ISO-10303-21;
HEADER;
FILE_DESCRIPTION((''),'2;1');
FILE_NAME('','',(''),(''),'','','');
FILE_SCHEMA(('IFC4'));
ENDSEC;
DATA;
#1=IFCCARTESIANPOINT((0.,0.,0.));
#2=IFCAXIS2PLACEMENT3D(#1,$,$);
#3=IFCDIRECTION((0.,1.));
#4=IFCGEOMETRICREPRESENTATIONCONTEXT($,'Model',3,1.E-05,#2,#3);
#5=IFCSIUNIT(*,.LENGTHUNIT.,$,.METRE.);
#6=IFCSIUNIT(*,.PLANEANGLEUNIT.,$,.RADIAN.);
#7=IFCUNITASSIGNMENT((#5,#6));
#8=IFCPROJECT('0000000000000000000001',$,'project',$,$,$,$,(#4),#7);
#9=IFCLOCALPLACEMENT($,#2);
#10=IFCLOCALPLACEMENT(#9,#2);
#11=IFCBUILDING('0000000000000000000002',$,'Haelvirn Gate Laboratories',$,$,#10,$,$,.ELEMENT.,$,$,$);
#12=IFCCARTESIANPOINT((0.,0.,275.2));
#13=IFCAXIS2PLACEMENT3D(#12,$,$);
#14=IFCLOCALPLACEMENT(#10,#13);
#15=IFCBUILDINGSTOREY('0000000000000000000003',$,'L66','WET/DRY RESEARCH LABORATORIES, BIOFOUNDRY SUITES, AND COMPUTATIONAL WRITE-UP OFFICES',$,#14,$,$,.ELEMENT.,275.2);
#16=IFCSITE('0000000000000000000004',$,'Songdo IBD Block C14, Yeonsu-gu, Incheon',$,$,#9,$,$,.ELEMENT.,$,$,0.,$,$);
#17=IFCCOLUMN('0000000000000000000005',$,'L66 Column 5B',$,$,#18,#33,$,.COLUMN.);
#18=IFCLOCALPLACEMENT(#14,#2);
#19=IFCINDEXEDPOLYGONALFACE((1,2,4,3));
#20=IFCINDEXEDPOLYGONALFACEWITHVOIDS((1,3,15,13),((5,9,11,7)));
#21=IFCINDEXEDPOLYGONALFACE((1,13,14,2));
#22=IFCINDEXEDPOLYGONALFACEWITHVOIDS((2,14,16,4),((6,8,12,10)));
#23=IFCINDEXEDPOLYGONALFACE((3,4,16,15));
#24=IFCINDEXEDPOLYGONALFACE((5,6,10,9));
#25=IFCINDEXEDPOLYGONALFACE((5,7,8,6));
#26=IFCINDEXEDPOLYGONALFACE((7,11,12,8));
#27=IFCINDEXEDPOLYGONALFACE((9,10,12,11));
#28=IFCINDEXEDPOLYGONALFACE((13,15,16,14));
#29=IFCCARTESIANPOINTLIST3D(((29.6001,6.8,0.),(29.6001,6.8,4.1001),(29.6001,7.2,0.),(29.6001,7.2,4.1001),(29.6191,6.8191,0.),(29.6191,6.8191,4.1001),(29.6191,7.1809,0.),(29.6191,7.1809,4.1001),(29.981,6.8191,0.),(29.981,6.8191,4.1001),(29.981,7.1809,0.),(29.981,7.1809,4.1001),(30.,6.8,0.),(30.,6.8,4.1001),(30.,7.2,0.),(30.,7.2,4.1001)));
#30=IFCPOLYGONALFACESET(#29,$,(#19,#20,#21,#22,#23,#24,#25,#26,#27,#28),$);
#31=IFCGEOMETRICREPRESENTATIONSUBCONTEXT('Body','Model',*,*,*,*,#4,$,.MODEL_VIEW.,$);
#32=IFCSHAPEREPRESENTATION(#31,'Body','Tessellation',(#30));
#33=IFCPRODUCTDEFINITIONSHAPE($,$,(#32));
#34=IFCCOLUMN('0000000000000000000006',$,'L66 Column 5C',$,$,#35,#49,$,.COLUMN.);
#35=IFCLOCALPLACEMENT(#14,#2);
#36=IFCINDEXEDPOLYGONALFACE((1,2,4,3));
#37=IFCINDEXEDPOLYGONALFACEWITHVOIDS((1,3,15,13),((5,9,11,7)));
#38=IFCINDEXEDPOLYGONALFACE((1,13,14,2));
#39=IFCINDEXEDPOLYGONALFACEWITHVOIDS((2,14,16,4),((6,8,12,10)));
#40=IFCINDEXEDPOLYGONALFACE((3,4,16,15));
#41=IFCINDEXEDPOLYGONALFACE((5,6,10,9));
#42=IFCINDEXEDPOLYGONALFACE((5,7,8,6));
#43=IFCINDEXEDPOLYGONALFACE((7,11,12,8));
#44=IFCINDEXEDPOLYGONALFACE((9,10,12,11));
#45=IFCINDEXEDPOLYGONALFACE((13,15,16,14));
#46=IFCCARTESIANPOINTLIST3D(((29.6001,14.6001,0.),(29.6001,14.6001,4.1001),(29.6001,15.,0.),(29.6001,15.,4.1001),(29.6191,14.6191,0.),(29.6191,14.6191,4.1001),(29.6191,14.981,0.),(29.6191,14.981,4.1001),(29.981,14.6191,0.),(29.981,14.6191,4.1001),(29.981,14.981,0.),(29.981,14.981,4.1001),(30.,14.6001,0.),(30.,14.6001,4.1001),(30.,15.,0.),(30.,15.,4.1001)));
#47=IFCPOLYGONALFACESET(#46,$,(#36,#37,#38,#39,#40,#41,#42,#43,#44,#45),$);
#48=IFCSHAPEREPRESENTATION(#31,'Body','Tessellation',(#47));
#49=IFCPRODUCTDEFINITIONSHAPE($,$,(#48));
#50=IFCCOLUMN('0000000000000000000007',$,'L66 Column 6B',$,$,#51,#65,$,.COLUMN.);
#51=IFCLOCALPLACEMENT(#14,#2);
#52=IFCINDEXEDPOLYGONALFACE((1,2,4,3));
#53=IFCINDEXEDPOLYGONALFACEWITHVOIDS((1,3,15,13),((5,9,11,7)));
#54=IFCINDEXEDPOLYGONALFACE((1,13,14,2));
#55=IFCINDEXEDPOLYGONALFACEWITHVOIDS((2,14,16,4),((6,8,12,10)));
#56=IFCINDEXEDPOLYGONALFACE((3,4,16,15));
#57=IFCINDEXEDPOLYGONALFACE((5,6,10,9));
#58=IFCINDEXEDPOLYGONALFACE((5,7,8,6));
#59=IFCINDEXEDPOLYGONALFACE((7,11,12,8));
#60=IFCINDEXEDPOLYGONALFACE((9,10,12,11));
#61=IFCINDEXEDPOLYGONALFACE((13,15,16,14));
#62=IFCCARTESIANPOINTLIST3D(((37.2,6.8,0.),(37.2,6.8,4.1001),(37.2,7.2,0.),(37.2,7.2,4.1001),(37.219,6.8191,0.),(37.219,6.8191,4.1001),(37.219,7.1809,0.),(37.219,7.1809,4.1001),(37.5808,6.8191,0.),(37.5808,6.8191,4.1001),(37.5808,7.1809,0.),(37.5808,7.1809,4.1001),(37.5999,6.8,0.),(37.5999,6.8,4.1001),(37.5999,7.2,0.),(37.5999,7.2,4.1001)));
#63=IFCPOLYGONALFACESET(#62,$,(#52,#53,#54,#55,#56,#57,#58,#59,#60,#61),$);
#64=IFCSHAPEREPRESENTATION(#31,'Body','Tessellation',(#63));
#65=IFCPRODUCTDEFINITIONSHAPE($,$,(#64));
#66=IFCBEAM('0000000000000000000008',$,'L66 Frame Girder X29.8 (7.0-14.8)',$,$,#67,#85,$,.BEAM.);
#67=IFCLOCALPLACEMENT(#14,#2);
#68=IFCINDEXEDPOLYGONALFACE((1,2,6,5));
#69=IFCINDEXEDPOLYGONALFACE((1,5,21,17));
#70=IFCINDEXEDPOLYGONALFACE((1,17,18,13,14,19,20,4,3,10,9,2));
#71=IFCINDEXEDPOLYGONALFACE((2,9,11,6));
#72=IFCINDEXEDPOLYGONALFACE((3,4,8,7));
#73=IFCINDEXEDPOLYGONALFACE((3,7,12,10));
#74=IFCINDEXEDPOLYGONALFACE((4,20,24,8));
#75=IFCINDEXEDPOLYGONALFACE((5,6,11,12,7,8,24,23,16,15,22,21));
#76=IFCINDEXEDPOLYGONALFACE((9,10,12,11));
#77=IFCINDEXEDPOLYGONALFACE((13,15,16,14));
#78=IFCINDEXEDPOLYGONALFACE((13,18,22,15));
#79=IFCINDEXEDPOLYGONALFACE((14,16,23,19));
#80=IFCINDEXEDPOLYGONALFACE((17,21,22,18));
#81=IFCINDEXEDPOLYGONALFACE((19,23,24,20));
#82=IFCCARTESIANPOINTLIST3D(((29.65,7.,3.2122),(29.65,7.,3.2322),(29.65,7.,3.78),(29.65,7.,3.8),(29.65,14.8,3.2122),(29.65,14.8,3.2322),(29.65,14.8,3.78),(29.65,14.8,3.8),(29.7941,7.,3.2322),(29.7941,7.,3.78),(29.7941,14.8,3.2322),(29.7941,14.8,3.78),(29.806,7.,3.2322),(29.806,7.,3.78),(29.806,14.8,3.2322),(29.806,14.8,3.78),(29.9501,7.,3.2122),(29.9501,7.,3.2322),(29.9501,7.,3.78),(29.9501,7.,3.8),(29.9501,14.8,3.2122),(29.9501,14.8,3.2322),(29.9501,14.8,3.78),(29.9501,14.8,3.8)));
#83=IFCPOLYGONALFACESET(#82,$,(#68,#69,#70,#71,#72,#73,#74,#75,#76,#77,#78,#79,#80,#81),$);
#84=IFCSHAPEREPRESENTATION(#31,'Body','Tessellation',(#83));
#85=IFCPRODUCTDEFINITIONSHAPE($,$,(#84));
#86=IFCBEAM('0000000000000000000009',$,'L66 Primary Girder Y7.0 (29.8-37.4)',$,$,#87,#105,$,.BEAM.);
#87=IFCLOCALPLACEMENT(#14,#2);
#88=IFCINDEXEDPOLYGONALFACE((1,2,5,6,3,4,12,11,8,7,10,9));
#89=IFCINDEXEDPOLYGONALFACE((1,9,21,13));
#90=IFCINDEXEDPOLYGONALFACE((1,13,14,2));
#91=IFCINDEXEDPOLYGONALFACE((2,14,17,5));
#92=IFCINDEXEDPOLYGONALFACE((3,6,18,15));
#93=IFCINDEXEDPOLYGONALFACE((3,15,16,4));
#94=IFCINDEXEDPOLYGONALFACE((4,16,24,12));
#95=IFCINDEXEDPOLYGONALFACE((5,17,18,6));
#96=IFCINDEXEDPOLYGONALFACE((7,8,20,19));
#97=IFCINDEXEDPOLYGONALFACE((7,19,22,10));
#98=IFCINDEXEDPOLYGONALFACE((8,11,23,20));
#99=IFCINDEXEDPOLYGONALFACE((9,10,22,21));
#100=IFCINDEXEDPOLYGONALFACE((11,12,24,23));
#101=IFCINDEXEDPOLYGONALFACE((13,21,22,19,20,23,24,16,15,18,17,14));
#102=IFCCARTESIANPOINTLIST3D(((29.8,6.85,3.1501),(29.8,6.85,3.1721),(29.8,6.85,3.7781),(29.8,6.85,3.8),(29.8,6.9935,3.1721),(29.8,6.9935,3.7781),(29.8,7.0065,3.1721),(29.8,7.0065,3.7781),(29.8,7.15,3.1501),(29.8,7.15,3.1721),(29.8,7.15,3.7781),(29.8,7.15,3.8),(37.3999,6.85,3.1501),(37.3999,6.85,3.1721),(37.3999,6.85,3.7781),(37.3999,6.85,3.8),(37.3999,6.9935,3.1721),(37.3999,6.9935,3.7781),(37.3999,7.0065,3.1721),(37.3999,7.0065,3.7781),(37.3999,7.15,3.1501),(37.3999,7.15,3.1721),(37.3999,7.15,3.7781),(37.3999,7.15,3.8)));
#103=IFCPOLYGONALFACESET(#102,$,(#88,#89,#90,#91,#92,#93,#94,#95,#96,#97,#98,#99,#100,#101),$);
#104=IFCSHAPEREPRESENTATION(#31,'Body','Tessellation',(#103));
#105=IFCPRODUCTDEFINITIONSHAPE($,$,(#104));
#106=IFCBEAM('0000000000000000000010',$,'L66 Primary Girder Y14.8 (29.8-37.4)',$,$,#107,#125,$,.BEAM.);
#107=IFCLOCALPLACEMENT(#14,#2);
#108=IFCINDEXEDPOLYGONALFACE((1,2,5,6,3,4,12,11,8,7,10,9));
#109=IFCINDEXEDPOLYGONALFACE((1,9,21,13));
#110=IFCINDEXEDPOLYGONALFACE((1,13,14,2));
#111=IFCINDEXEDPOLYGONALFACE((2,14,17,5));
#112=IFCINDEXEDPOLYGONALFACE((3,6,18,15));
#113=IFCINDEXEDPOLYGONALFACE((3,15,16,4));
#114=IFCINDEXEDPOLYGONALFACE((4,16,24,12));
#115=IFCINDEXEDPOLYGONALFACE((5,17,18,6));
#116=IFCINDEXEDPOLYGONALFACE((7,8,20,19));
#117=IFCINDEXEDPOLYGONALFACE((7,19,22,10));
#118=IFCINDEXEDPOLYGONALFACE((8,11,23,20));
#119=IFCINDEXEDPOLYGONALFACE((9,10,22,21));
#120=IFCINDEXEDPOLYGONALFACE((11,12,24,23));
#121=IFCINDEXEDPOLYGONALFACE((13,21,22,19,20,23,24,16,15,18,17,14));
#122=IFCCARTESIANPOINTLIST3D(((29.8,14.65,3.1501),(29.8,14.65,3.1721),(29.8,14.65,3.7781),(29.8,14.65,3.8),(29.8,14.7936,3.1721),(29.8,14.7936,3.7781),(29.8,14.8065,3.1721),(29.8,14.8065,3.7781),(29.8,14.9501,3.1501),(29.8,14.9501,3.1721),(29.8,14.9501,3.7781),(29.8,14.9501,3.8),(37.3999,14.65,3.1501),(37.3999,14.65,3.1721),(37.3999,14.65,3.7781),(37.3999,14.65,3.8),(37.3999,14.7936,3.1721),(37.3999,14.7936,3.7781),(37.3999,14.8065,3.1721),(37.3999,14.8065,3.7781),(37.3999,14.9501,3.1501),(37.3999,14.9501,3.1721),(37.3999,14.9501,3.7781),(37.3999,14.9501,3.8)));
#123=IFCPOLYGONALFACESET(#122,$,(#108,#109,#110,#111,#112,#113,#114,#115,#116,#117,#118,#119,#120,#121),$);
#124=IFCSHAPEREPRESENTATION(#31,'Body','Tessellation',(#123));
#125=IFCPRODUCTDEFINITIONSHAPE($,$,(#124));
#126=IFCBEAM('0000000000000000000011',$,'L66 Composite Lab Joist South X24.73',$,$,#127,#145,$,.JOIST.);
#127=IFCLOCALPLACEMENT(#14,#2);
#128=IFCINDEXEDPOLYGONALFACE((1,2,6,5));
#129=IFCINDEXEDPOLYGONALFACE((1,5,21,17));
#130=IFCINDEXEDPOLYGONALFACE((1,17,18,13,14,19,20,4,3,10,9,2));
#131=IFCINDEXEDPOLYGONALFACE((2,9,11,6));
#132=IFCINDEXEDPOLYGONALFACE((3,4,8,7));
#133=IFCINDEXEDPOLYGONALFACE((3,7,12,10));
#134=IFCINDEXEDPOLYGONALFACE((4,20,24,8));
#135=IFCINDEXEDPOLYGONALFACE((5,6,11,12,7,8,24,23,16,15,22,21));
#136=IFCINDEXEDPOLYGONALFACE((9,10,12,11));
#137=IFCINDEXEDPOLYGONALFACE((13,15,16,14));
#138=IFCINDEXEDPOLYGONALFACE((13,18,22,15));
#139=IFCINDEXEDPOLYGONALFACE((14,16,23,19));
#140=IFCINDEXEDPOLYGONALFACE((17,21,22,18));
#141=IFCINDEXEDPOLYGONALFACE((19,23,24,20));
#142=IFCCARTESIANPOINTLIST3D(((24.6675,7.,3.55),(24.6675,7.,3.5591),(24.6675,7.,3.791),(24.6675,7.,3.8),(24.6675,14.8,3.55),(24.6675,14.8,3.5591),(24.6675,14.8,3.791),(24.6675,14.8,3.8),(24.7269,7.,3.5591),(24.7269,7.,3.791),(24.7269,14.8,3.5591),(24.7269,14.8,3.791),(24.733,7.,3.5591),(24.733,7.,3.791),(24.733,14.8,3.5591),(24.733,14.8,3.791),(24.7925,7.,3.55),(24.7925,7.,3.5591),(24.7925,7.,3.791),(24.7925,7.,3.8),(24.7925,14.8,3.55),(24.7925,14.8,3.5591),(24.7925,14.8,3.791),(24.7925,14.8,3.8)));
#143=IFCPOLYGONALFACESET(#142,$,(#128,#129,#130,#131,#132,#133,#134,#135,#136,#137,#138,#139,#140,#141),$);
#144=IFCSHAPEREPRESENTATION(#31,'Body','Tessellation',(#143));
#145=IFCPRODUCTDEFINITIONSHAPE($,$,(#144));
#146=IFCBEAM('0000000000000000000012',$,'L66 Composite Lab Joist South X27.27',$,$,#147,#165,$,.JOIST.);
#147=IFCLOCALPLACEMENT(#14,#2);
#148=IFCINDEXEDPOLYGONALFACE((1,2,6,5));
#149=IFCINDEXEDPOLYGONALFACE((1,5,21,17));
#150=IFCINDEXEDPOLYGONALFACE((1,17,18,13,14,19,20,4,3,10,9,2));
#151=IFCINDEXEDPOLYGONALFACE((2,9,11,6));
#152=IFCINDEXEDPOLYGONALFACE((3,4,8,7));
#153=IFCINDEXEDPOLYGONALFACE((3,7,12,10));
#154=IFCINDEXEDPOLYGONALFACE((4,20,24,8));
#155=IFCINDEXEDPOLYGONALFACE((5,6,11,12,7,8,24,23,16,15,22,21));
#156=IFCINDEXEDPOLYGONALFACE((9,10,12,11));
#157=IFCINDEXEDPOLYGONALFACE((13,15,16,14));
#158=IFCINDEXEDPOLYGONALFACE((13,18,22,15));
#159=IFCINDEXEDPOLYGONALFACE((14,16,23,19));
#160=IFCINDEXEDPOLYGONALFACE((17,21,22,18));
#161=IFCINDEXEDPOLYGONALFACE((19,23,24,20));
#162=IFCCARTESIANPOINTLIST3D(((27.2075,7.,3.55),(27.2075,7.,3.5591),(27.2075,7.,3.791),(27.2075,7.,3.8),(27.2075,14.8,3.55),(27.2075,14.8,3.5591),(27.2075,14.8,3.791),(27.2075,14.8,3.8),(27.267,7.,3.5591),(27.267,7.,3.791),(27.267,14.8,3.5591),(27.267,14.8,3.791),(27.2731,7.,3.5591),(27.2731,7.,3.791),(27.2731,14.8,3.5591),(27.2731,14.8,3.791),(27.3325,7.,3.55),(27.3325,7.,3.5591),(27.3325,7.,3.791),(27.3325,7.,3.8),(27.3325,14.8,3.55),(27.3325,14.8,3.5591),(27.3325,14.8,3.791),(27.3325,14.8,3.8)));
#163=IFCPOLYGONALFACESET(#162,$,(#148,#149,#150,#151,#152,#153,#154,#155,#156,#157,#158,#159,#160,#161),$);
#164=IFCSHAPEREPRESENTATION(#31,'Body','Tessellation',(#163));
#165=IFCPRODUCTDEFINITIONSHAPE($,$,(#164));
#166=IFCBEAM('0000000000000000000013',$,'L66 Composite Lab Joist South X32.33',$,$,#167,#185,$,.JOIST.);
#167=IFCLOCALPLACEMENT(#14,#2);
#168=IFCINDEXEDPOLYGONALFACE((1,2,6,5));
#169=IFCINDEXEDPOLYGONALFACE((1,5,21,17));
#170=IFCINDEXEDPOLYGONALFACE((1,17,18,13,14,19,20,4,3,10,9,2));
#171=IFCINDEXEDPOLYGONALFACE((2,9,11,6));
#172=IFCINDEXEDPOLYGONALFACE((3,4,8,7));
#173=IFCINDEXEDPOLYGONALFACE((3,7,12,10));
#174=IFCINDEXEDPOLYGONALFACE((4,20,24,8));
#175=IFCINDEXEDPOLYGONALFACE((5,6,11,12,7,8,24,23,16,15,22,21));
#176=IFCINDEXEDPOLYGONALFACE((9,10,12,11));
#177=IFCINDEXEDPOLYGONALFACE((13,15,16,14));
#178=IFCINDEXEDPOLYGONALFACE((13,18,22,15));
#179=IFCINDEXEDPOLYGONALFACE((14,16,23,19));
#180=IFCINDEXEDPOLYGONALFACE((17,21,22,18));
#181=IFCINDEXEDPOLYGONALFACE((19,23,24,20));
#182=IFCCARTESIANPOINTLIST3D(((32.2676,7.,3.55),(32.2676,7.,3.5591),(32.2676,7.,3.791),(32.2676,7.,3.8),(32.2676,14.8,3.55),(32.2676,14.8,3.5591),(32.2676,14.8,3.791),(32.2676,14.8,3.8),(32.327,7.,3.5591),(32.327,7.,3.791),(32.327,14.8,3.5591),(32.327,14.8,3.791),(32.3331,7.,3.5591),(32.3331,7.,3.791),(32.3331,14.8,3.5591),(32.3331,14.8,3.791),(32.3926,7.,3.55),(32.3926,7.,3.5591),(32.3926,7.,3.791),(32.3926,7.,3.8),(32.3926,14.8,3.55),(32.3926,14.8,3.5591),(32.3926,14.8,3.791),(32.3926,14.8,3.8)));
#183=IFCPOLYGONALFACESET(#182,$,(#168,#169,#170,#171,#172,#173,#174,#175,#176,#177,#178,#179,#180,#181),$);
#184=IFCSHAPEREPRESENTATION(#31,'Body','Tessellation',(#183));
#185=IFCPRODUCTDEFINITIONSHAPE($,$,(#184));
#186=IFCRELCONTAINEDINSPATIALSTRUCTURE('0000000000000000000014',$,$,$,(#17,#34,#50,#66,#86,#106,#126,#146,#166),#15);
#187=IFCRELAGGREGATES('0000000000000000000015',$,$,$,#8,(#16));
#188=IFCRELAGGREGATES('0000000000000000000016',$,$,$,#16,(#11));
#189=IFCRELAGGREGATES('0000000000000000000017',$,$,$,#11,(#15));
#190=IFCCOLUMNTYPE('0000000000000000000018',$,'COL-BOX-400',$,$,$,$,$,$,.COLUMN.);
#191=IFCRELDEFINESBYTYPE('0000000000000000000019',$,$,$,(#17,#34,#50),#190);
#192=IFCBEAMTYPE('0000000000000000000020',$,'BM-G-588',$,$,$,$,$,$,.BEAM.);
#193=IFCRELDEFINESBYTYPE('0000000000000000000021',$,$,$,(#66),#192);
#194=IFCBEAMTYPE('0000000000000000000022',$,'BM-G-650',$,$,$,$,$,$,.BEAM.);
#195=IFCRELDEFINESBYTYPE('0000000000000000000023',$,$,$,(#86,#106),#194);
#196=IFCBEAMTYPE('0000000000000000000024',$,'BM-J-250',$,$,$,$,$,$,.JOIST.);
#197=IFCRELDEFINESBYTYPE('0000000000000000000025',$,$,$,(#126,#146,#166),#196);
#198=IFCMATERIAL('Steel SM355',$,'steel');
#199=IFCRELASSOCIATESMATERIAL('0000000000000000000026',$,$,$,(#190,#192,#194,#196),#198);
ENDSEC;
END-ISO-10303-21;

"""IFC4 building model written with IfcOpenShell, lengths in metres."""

from ifc_helpers import new_model, si_unit, direction, frame, origin, origin_2d, place, context, subcontext, project, spatial, hollow_rectangle, i_section, extrude, source, transform, mapped, material, material_profile, profile_set, type_object, type_shapes, element, save


model = new_model("IFC4")

# Units and contexts
model_context = context("Model", 3, precision=1e-05, world=origin(), true_north=direction((0.0, 1.0)))
body_context = subcontext(model_context, "Body", "Model", "MODEL_VIEW")
ifc_project = project(units=[si_unit("LENGTHUNIT", "METRE"), si_unit("PLANEANGLEUNIT", "RADIAN")], contexts=[model_context])

# Site, building, storey
site_placement = place(None, origin())
site = spatial("IfcSite", under=ifc_project, at=site_placement, Name="Songdo IBD Block C14, Yeonsu-gu, Incheon", CompositionType="ELEMENT", RefElevation=0.0)
building_placement = place(site_placement, origin())
building = spatial("IfcBuilding", under=site, at=building_placement, Name="Haelvirn Gate Laboratories", CompositionType="ELEMENT")
storey_placement = place(building_placement, frame((0.0, 0.0, 275.2)))
storey = spatial("IfcBuildingStorey", under=building, at=storey_placement, Name="L66", Description="WET/DRY RESEARCH LABORATORIES, BIOFOUNDRY SUITES, AND COMPUTATIONAL WRITE-UP OFFICES", CompositionType="ELEMENT", Elevation=275.2)

# Columns
ifc_material_1 = material(Name="Steel SM355", Category="steel")
ifc_material_profile_1 = material_profile(ifc_material_1, hollow_rectangle(XDim=0.3999, YDim=0.3999, WallThickness=0.019, at=origin_2d()), Name="BOX-400x400x19")
ifc_profile_set_1 = profile_set([ifc_material_profile_1], Name="Steel SM355")
column_type = type_object("IfcColumnType", Name="COL-BOX-400", PredefinedType="COLUMN", material=ifc_profile_set_1)
shared_shape_1 = source(origin(), body_context, "Body", "SweptSolid", [
    extrude(hollow_rectangle(XDim=0.3999, YDim=0.3999, WallThickness=0.019, at=origin_2d()), origin(), (0.0, 0.0, 1.0), 4.1001),
])
type_shapes(column_type, [shared_shape_1])
for number, where, z_axis, x_axis, name in (
    (1, (29.8, 7.0, 0.0), (0.0, 0.0, 1.0), (1.0, 0.0, 0.0), "L66 Column 5B"),
    (2, (29.8, 14.8, 0.0), (0.0, 0.0, 1.0), (1.0, 0.0, 0.0), "L66 Column 5C"),
    (3, (37.3999, 7.0, 0.0), (0.0, 0.0, 1.0), (1.0, 0.0, 0.0), "L66 Column 6B"),
):
    element("IfcColumn", number, at=place(storey_placement, frame(where, z_axis=z_axis, x_axis=x_axis)), inside=storey, type_object=column_type, Name=name, PredefinedType="COLUMN", context=body_context, shape_type="MappedRepresentation", body=[
        mapped(shared_shape_1, transform((0.0, 0.0, 0.0), scale=1.0)),
    ])

# Beams
ifc_material_profile_2 = material_profile(ifc_material_1, i_section(OverallWidth=0.3, OverallDepth=0.5879, WebThickness=0.012, FlangeThickness=0.02, at=origin_2d()), Name="H-588x300x12x20")
ifc_profile_set_2 = profile_set([ifc_material_profile_2], Name="Steel SM355")
beam_type_1 = type_object("IfcBeamType", Name="BM-G-588", PredefinedType="BEAM", material=ifc_profile_set_2)
shared_shape_2 = source(origin(), body_context, "Body", "SweptSolid", [
    extrude(i_section(OverallWidth=0.3, OverallDepth=0.5879, WebThickness=0.012, FlangeThickness=0.02, at=origin_2d()), origin(), (0.0, 0.0, 1.0), 7.8),
])
type_shapes(beam_type_1, [shared_shape_2])
beam_placement = place(storey_placement, frame((29.8, 7.0, 3.5061), z_axis=(0.0, 1.0, 0.0), x_axis=(-1.0, 0.0, 0.0)))
element("IfcBeam", 4, at=beam_placement, inside=storey, type_object=beam_type_1, Name="L66 Frame Girder X29.8 (7.0-14.8)", PredefinedType="BEAM", context=body_context, shape_type="MappedRepresentation", body=[
    mapped(shared_shape_2, transform((0.0, 0.0, 0.0), scale=1.0)),
])
ifc_material_profile_3 = material_profile(ifc_material_1, i_section(OverallWidth=0.3, OverallDepth=0.6499, WebThickness=0.0129, FlangeThickness=0.022, at=origin_2d()), Name="H-650x300x13x22")
ifc_profile_set_3 = profile_set([ifc_material_profile_3], Name="Steel SM355")
beam_type_2 = type_object("IfcBeamType", Name="BM-G-650", PredefinedType="BEAM", material=ifc_profile_set_3)
shared_shape_3 = source(origin(), body_context, "Body", "SweptSolid", [
    extrude(i_section(OverallWidth=0.3, OverallDepth=0.6499, WebThickness=0.0129, FlangeThickness=0.022, at=origin_2d()), origin(), (0.0, 0.0, 1.0), 7.5999),
])
type_shapes(beam_type_2, [shared_shape_3])
for number, where, z_axis, x_axis, name in (
    (5, (29.8, 7.0, 3.4751), (1.0, 0.0, 0.0), (0.0, 1.0, 0.0), "L66 Primary Girder Y7.0 (29.8-37.4)"),
    (6, (29.8, 14.8, 3.4751), (1.0, 0.0, 0.0), (0.0, 1.0, 0.0), "L66 Primary Girder Y14.8 (29.8-37.4)"),
):
    element("IfcBeam", number, at=place(storey_placement, frame(where, z_axis=z_axis, x_axis=x_axis)), inside=storey, type_object=beam_type_2, Name=name, PredefinedType="BEAM", context=body_context, shape_type="MappedRepresentation", body=[
        mapped(shared_shape_3, transform((0.0, 0.0, 0.0), scale=1.0)),
    ])
ifc_material_profile_4 = material_profile(ifc_material_1, i_section(OverallWidth=0.125, OverallDepth=0.25, WebThickness=0.0061, FlangeThickness=0.009, at=origin_2d()), Name="H-250x125x6x9")
ifc_profile_set_4 = profile_set([ifc_material_profile_4], Name="Steel SM355")
beam_type_3 = type_object("IfcBeamType", Name="BM-J-250", PredefinedType="JOIST", material=ifc_profile_set_4)
shared_shape_4 = source(origin(), body_context, "Body", "SweptSolid", [
    extrude(i_section(OverallWidth=0.125, OverallDepth=0.25, WebThickness=0.0061, FlangeThickness=0.009, at=origin_2d()), origin(), (0.0, 0.0, 1.0), 7.8),
])
type_shapes(beam_type_3, [shared_shape_4])
for number, where, z_axis, x_axis, name in (
    (7, (24.73, 7.0, 3.675), (0.0, 1.0, 0.0), (-1.0, 0.0, 0.0), "L66 Composite Lab Joist South X24.73"),
    (8, (27.27, 7.0, 3.675), (0.0, 1.0, 0.0), (-1.0, 0.0, 0.0), "L66 Composite Lab Joist South X27.27"),
    (9, (32.3301, 7.0, 3.675), (0.0, 1.0, 0.0), (-1.0, 0.0, 0.0), "L66 Composite Lab Joist South X32.33"),
):
    element("IfcBeam", number, at=place(storey_placement, frame(where, z_axis=z_axis, x_axis=x_axis)), inside=storey, type_object=beam_type_3, Name=name, PredefinedType="JOIST", context=body_context, shape_type="MappedRepresentation", body=[
        mapped(shared_shape_4, transform((0.0, 0.0, 0.0), scale=1.0)),
    ])

save(model, "model.ifc")
